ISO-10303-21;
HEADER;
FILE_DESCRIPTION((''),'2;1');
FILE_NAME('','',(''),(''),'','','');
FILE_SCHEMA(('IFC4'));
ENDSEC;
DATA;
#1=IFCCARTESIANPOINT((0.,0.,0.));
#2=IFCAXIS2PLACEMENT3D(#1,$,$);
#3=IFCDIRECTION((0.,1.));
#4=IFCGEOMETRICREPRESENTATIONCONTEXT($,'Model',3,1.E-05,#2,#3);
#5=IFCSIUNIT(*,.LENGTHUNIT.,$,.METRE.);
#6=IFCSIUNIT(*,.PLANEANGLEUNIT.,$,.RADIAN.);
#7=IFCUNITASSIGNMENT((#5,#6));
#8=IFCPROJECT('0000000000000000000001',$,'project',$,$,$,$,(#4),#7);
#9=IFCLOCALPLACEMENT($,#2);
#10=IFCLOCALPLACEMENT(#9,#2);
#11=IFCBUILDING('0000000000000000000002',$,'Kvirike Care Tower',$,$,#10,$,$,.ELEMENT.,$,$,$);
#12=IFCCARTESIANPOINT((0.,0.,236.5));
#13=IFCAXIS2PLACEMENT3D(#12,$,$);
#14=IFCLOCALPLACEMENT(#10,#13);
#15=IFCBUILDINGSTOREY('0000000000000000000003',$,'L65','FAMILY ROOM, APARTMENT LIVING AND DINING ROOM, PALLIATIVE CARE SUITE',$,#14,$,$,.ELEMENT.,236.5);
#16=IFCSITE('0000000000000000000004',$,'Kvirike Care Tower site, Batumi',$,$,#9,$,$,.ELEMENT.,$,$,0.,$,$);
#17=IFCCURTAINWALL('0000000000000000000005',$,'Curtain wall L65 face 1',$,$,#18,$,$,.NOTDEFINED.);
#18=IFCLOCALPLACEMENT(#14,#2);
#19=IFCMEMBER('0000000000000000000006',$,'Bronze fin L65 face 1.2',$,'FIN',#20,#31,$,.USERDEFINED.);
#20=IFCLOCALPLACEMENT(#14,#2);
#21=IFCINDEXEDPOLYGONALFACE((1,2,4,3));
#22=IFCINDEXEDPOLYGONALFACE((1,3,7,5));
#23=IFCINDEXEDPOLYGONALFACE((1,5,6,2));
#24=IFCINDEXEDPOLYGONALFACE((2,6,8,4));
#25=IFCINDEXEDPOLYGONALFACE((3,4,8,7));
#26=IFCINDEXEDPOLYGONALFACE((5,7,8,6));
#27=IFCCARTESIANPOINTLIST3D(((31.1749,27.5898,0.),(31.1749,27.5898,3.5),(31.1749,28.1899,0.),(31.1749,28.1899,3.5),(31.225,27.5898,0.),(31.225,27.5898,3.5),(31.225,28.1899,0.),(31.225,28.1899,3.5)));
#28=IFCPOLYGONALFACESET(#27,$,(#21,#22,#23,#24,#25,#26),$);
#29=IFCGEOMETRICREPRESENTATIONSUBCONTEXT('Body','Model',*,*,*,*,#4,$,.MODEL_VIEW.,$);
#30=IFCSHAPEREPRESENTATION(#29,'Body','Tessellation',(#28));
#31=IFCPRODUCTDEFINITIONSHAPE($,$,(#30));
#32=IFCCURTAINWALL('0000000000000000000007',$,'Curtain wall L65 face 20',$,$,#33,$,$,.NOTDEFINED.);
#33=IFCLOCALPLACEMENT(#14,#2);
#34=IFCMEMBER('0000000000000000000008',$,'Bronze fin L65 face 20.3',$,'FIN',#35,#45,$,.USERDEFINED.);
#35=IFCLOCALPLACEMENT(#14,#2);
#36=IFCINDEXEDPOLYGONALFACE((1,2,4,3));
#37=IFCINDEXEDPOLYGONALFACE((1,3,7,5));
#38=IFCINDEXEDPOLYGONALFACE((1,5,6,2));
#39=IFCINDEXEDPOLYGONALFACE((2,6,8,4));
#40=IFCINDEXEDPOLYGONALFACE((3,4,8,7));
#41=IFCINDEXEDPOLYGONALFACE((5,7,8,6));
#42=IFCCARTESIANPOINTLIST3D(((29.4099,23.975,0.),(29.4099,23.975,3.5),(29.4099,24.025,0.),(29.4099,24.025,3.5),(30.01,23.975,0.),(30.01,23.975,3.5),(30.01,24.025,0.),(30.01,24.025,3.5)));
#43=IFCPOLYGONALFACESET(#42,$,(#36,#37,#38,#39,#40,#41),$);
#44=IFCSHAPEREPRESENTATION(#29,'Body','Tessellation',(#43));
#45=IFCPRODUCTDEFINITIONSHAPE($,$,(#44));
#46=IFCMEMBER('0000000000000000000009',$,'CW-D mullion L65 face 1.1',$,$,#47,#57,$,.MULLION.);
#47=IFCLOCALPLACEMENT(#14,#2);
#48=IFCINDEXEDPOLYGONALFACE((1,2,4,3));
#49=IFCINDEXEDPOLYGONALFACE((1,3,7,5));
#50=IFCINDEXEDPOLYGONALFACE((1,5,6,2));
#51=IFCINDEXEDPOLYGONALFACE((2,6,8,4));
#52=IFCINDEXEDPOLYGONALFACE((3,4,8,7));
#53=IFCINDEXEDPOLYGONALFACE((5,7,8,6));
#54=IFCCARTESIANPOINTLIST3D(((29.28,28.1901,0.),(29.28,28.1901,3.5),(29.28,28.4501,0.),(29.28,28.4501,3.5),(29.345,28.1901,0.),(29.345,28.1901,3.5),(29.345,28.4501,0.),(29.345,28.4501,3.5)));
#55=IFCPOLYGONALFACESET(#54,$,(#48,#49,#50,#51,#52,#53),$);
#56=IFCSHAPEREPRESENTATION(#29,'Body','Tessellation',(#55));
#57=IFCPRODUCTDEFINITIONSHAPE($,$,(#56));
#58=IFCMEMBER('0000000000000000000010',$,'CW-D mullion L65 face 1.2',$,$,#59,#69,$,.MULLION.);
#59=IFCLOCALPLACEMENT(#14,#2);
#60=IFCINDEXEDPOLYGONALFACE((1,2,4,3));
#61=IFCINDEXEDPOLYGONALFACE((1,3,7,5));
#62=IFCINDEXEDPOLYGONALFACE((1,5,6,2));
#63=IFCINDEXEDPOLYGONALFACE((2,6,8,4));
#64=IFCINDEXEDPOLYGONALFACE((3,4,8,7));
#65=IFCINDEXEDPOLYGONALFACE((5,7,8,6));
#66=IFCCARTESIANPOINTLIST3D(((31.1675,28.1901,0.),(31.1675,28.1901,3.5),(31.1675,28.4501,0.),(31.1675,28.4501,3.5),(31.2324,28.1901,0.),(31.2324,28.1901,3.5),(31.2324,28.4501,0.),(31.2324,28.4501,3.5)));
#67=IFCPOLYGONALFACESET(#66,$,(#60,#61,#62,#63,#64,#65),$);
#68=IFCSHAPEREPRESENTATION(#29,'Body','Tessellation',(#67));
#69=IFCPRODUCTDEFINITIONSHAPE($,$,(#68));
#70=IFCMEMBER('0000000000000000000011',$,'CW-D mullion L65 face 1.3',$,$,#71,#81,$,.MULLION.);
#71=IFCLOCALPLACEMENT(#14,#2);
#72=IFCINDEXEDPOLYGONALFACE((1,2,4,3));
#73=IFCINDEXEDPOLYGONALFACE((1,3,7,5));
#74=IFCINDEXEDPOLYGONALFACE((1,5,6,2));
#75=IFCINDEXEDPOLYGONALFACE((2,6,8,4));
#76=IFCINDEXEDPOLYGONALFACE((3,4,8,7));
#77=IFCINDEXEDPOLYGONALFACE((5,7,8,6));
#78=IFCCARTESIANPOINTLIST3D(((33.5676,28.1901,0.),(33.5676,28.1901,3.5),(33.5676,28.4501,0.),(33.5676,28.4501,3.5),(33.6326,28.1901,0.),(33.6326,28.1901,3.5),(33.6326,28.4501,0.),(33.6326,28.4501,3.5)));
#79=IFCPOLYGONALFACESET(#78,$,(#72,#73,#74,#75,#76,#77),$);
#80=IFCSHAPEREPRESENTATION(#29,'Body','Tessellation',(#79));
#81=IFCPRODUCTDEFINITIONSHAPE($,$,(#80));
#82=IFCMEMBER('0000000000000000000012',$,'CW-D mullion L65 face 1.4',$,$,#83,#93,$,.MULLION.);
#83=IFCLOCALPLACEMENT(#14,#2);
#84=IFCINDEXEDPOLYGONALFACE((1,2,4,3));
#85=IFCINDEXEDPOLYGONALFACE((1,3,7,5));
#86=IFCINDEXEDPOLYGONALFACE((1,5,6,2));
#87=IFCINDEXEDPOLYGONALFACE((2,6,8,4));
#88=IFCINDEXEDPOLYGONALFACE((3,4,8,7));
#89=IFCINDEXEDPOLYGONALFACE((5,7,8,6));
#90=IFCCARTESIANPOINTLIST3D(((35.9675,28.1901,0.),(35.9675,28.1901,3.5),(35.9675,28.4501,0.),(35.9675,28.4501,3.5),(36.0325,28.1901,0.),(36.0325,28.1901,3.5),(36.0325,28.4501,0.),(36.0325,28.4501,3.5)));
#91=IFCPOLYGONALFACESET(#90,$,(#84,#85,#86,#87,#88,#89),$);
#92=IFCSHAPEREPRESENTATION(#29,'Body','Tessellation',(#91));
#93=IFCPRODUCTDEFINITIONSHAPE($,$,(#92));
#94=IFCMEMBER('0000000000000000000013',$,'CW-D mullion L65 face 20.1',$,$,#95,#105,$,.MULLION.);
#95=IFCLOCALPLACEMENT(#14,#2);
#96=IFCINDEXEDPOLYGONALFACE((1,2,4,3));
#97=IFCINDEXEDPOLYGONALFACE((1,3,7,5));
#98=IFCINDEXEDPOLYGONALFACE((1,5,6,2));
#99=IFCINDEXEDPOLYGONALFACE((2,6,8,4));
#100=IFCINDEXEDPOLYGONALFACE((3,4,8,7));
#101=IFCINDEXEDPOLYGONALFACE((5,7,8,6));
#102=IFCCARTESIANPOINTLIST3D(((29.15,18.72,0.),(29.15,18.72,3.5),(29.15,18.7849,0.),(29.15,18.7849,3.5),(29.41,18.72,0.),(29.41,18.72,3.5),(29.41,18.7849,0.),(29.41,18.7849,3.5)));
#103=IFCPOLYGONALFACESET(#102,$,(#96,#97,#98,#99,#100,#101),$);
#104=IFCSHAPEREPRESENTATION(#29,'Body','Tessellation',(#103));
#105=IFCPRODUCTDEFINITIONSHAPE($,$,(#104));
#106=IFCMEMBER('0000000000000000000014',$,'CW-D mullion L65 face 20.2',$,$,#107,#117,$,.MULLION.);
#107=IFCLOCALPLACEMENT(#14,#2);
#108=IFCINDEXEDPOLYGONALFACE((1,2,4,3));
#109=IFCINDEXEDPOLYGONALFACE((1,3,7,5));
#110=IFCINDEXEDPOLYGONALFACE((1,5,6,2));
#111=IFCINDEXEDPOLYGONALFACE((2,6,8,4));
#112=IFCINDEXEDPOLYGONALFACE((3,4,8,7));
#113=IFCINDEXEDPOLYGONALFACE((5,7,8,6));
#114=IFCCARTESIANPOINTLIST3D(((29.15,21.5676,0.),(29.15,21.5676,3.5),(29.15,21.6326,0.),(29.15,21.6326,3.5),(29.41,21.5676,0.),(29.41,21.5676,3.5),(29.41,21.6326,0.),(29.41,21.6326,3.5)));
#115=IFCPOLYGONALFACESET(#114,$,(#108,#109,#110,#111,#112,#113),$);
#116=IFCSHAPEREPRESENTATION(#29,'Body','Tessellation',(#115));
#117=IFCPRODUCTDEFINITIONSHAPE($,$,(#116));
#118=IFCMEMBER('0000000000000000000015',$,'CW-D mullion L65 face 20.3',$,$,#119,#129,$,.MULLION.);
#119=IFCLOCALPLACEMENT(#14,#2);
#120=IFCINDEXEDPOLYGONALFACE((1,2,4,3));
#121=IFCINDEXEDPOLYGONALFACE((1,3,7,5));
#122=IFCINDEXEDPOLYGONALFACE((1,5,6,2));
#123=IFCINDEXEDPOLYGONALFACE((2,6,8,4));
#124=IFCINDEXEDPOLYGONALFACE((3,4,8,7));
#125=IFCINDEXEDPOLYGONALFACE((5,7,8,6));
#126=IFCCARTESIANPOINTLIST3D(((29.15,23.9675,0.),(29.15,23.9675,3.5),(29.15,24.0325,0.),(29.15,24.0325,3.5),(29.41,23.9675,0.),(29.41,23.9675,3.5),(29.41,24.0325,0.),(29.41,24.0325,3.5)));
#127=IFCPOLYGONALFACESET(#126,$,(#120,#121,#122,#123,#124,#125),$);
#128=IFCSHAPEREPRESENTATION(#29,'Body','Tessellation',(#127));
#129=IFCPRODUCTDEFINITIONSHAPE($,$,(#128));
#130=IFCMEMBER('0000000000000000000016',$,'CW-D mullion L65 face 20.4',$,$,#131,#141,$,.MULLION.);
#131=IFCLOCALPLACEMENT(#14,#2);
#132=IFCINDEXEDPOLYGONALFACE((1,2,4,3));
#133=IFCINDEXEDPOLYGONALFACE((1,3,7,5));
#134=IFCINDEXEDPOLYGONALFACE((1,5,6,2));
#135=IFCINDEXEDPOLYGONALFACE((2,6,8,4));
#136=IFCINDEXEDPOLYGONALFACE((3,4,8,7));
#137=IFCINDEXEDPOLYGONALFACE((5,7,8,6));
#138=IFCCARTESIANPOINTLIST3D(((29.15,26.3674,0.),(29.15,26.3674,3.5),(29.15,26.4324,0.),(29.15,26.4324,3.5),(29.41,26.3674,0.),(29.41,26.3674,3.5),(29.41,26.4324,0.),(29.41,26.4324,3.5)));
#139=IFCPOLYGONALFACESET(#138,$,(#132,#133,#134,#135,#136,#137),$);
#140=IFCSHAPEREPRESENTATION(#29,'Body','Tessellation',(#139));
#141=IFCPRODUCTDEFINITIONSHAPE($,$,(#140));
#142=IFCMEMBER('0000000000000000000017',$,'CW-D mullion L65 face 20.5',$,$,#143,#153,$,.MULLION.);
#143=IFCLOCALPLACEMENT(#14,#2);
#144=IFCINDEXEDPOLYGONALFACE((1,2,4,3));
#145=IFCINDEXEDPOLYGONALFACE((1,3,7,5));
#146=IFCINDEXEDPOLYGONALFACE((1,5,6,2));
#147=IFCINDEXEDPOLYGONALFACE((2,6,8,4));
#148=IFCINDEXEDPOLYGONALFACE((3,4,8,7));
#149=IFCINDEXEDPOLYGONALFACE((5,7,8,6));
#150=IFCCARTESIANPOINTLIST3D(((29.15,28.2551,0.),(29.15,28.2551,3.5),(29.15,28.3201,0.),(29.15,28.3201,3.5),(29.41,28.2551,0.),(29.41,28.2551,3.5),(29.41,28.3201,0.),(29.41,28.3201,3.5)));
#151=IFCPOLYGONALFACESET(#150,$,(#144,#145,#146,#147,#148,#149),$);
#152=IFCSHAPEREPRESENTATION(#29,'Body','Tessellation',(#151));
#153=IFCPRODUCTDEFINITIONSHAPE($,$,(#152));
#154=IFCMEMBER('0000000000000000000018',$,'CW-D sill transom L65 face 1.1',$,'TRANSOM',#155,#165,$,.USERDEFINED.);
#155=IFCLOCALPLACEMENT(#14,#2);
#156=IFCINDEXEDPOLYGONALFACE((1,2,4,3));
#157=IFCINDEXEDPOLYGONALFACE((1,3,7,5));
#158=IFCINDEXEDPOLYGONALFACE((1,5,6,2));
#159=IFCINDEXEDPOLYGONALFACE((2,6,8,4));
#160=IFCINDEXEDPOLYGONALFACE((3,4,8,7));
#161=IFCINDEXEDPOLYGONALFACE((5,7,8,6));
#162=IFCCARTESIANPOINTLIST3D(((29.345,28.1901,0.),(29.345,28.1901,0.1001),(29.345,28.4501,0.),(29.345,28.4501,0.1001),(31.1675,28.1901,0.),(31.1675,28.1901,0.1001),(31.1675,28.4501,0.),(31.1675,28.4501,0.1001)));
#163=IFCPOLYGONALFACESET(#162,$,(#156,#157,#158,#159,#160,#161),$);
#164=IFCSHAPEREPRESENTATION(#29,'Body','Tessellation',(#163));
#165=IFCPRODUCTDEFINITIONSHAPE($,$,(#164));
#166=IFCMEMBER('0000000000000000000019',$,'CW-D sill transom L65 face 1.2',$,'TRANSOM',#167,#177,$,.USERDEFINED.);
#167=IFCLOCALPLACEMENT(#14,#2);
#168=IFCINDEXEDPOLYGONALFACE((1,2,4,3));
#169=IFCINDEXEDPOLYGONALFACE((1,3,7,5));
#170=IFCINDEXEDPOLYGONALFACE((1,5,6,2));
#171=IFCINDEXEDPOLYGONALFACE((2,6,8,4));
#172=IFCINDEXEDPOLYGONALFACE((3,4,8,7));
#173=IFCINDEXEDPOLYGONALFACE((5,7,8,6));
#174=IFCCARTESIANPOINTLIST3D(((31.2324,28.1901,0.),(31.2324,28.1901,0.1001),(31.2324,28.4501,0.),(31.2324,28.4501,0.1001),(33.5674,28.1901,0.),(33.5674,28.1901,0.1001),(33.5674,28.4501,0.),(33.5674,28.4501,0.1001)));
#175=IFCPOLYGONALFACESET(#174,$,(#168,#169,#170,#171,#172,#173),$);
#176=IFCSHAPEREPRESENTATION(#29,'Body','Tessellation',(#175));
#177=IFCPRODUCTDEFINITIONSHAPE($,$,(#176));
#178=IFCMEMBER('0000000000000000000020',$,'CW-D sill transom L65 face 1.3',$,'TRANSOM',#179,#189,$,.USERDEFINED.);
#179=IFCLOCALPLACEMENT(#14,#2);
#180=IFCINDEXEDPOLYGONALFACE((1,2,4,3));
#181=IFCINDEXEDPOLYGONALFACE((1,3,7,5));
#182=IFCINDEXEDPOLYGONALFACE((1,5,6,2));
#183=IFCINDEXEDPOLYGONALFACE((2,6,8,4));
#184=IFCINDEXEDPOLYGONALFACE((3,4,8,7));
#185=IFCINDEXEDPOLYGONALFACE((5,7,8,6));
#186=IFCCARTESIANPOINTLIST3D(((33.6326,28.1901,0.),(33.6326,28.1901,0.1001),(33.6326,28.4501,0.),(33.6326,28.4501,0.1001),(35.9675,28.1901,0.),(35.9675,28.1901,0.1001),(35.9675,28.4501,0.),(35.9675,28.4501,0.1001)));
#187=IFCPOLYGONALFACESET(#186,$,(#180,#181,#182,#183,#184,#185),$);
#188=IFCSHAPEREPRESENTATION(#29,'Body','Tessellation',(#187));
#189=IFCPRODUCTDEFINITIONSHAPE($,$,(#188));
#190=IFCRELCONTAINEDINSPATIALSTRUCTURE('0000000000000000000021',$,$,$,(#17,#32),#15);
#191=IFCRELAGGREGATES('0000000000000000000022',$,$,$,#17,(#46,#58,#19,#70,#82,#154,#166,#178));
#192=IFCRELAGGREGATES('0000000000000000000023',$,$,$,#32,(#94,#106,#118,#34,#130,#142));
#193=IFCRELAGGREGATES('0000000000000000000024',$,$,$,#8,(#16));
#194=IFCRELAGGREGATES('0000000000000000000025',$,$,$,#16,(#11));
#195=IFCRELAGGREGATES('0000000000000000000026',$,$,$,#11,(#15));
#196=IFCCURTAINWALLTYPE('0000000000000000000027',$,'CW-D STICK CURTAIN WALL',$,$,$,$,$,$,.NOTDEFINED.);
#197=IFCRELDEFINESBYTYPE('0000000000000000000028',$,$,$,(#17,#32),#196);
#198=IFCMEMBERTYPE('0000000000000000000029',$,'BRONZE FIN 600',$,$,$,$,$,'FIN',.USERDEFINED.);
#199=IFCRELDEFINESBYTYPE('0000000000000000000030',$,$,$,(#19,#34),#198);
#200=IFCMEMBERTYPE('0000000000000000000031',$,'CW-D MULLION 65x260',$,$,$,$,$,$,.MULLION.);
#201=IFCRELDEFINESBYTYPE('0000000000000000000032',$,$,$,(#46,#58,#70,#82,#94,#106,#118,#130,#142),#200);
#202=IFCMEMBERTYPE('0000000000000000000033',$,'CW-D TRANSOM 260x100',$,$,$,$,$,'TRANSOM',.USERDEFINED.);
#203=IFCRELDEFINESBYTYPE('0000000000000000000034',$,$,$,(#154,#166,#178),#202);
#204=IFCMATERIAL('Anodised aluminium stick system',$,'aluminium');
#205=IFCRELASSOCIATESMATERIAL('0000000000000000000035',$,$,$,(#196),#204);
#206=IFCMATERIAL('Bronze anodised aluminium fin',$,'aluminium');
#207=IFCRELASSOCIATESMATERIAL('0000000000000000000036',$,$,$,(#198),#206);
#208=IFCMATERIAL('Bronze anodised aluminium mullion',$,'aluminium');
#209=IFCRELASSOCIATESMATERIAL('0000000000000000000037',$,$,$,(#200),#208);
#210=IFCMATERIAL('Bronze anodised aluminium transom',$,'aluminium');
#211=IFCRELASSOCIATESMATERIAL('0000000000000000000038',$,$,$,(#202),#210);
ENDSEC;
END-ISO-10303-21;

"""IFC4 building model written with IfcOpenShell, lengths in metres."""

from ifc_helpers import new_model, si_unit, direction, frame, origin, origin_2d, place, context, subcontext, project, spatial, rectangle, extrude, material, material_profile, profile_set, type_object, element, aggregate, save


model = new_model("IFC4")

# Units and contexts
model_context = context("Model", 3, precision=1e-05, world=origin(), true_north=direction((0.0, 1.0)))
body_context = subcontext(model_context, "Body", "Model", "MODEL_VIEW")
ifc_project = project(units=[si_unit("LENGTHUNIT", "METRE"), si_unit("PLANEANGLEUNIT", "RADIAN")], contexts=[model_context])

# Site, building, storey
site_placement = place(None, origin())
site = spatial("IfcSite", under=ifc_project, at=site_placement, Name="Kvirike Care Tower site, Batumi", CompositionType="ELEMENT", RefElevation=0.0)
building_placement = place(site_placement, origin())
building = spatial("IfcBuilding", under=site, at=building_placement, Name="Kvirike Care Tower", CompositionType="ELEMENT")
storey_placement = place(building_placement, frame((0.0, 0.0, 236.5)))
storey = spatial("IfcBuildingStorey", under=building, at=storey_placement, Name="L65", Description="FAMILY ROOM, APARTMENT LIVING AND DINING ROOM, PALLIATIVE CARE SUITE", CompositionType="ELEMENT", Elevation=236.5)

# Curtain walls, members
ifc_material_1 = material(Name="Anodised aluminium stick system", Category="aluminium")
curtain_wall_type = type_object("IfcCurtainWallType", Name="CW-D STICK CURTAIN WALL", PredefinedType="NOTDEFINED", material=ifc_material_1)
curtain_wall_1_placement = place(storey_placement, origin())
curtain_wall_1 = element("IfcCurtainWall", 1, at=curtain_wall_1_placement, inside=storey, type_object=curtain_wall_type, Name="Curtain wall L65 face 1", PredefinedType="NOTDEFINED")
ifc_material_2 = material(Name="Bronze anodised aluminium fin", Category="aluminium")
ifc_material_profile_1 = material_profile(ifc_material_2, rectangle(XDim=0.05, YDim=0.6001, at=origin_2d()), Name="BRONZE FIN 600")
ifc_profile_set_1 = profile_set([ifc_material_profile_1], Name="Bronze anodised aluminium fin")
member_type_1 = type_object("IfcMemberType", Name="BRONZE FIN 600", ElementType="FIN", PredefinedType="USERDEFINED", material=ifc_profile_set_1)
member_1_placement = place(storey_placement, frame((31.2, 27.8899, 0.0), z_axis=(0.0, 0.0, 1.0), x_axis=(1.0, 0.0, 0.0)))
member_1 = element("IfcMember", 2, at=member_1_placement, type_object=member_type_1, Name="Bronze fin L65 face 1.2", ObjectType="FIN", PredefinedType="USERDEFINED", context=body_context, shape_type="SweptSolid", body=[
    extrude(rectangle(XDim=0.05, YDim=0.6001, at=origin_2d()), origin(), (0.0, 0.0, 1.0), 3.5),
])
curtain_wall_2_placement = place(storey_placement, origin())
curtain_wall_2 = element("IfcCurtainWall", 3, at=curtain_wall_2_placement, inside=storey, type_object=curtain_wall_type, Name="Curtain wall L65 face 20", PredefinedType="NOTDEFINED")
member_2_placement = place(storey_placement, frame((29.71, 24.0, 0.0), z_axis=(0.0, 0.0, 1.0), x_axis=(0.0, 1.0, 0.0)))
member_2 = element("IfcMember", 4, at=member_2_placement, type_object=member_type_1, Name="Bronze fin L65 face 20.3", ObjectType="FIN", PredefinedType="USERDEFINED", context=body_context, shape_type="SweptSolid", body=[
    extrude(rectangle(XDim=0.05, YDim=0.6001, at=origin_2d()), origin(), (0.0, 0.0, 1.0), 3.5),
])

# Members
ifc_material_3 = material(Name="Bronze anodised aluminium mullion", Category="aluminium")
ifc_material_profile_2 = material_profile(ifc_material_3, rectangle(XDim=0.0649, YDim=0.26, at=origin_2d()), Name="CW-D MULLION 65x260")
ifc_profile_set_2 = profile_set([ifc_material_profile_2], Name="Bronze anodised aluminium mullion")
member_type_2 = type_object("IfcMemberType", Name="CW-D MULLION 65x260", PredefinedType="MULLION", material=ifc_profile_set_2)
member_3_placement = place(storey_placement, frame((29.3125, 28.3201, 0.0), z_axis=(0.0, 0.0, 1.0), x_axis=(1.0, 0.0, 0.0)))
member_3 = element("IfcMember", 5, at=member_3_placement, type_object=member_type_2, Name="CW-D mullion L65 face 1.1", PredefinedType="MULLION", context=body_context, shape_type="SweptSolid", body=[
    extrude(rectangle(XDim=0.0649, YDim=0.26, at=origin_2d()), origin(), (0.0, 0.0, 1.0), 3.5),
])
member_4_placement = place(storey_placement, frame((31.2, 28.3201, 0.0), z_axis=(0.0, 0.0, 1.0), x_axis=(1.0, 0.0, 0.0)))
member_4 = element("IfcMember", 6, at=member_4_placement, type_object=member_type_2, Name="CW-D mullion L65 face 1.2", PredefinedType="MULLION", context=body_context, shape_type="SweptSolid", body=[
    extrude(rectangle(XDim=0.0649, YDim=0.26, at=origin_2d()), origin(), (0.0, 0.0, 1.0), 3.5),
])
member_5_placement = place(storey_placement, frame((33.6001, 28.3201, 0.0), z_axis=(0.0, 0.0, 1.0), x_axis=(1.0, 0.0, 0.0)))
member_5 = element("IfcMember", 7, at=member_5_placement, type_object=member_type_2, Name="CW-D mullion L65 face 1.3", PredefinedType="MULLION", context=body_context, shape_type="SweptSolid", body=[
    extrude(rectangle(XDim=0.0649, YDim=0.26, at=origin_2d()), origin(), (0.0, 0.0, 1.0), 3.5),
])
member_6_placement = place(storey_placement, frame((36.0, 28.3201, 0.0), z_axis=(0.0, 0.0, 1.0), x_axis=(1.0, 0.0, 0.0)))
member_6 = element("IfcMember", 8, at=member_6_placement, type_object=member_type_2, Name="CW-D mullion L65 face 1.4", PredefinedType="MULLION", context=body_context, shape_type="SweptSolid", body=[
    extrude(rectangle(XDim=0.0649, YDim=0.26, at=origin_2d()), origin(), (0.0, 0.0, 1.0), 3.5),
])
member_7_placement = place(storey_placement, frame((29.28, 18.7524, 0.0), z_axis=(0.0, 0.0, 1.0), x_axis=(0.0, 1.0, 0.0)))
member_7 = element("IfcMember", 9, at=member_7_placement, type_object=member_type_2, Name="CW-D mullion L65 face 20.1", PredefinedType="MULLION", context=body_context, shape_type="SweptSolid", body=[
    extrude(rectangle(XDim=0.0649, YDim=0.26, at=origin_2d()), origin(), (0.0, 0.0, 1.0), 3.5),
])
member_8_placement = place(storey_placement, frame((29.28, 21.6001, 0.0), z_axis=(0.0, 0.0, 1.0), x_axis=(0.0, 1.0, 0.0)))
member_8 = element("IfcMember", 10, at=member_8_placement, type_object=member_type_2, Name="CW-D mullion L65 face 20.2", PredefinedType="MULLION", context=body_context, shape_type="SweptSolid", body=[
    extrude(rectangle(XDim=0.0649, YDim=0.26, at=origin_2d()), origin(), (0.0, 0.0, 1.0), 3.5),
])
member_9_placement = place(storey_placement, frame((29.28, 24.0, 0.0), z_axis=(0.0, 0.0, 1.0), x_axis=(0.0, 1.0, 0.0)))
member_9 = element("IfcMember", 11, at=member_9_placement, type_object=member_type_2, Name="CW-D mullion L65 face 20.3", PredefinedType="MULLION", context=body_context, shape_type="SweptSolid", body=[
    extrude(rectangle(XDim=0.0649, YDim=0.26, at=origin_2d()), origin(), (0.0, 0.0, 1.0), 3.5),
])
member_10_placement = place(storey_placement, frame((29.28, 26.3999, 0.0), z_axis=(0.0, 0.0, 1.0), x_axis=(0.0, 1.0, 0.0)))
member_10 = element("IfcMember", 12, at=member_10_placement, type_object=member_type_2, Name="CW-D mullion L65 face 20.4", PredefinedType="MULLION", context=body_context, shape_type="SweptSolid", body=[
    extrude(rectangle(XDim=0.0649, YDim=0.26, at=origin_2d()), origin(), (0.0, 0.0, 1.0), 3.5),
])
member_11_placement = place(storey_placement, frame((29.28, 28.2876, 0.0), z_axis=(0.0, 0.0, 1.0), x_axis=(0.0, 1.0, 0.0)))
member_11 = element("IfcMember", 13, at=member_11_placement, type_object=member_type_2, Name="CW-D mullion L65 face 20.5", PredefinedType="MULLION", context=body_context, shape_type="SweptSolid", body=[
    extrude(rectangle(XDim=0.0649, YDim=0.26, at=origin_2d()), origin(), (0.0, 0.0, 1.0), 3.5),
])
ifc_material_4 = material(Name="Bronze anodised aluminium transom", Category="aluminium")
ifc_material_profile_3 = material_profile(ifc_material_4, rectangle(XDim=0.26, YDim=0.1001, at=origin_2d()), Name="CW-D TRANSOM 260x100")
ifc_profile_set_3 = profile_set([ifc_material_profile_3], Name="Bronze anodised aluminium transom")
member_type_3 = type_object("IfcMemberType", Name="CW-D TRANSOM 260x100", ElementType="TRANSOM", PredefinedType="USERDEFINED", material=ifc_profile_set_3)
member_12_placement = place(storey_placement, frame((29.345, 28.3201, 0.05), z_axis=(1.0, 0.0, 0.0), x_axis=(0.0, 1.0, 0.0)))
member_12 = element("IfcMember", 14, at=member_12_placement, type_object=member_type_3, Name="CW-D sill transom L65 face 1.1", ObjectType="TRANSOM", PredefinedType="USERDEFINED", context=body_context, shape_type="SweptSolid", body=[
    extrude(rectangle(XDim=0.26, YDim=0.1001, at=origin_2d()), origin(), (0.0, 0.0, 1.0), 1.8225),
])
member_13_placement = place(storey_placement, frame((31.2324, 28.3201, 0.05), z_axis=(1.0, 0.0, 0.0), x_axis=(0.0, 1.0, 0.0)))
member_13 = element("IfcMember", 15, at=member_13_placement, type_object=member_type_3, Name="CW-D sill transom L65 face 1.2", ObjectType="TRANSOM", PredefinedType="USERDEFINED", context=body_context, shape_type="SweptSolid", body=[
    extrude(rectangle(XDim=0.26, YDim=0.1001, at=origin_2d()), origin(), (0.0, 0.0, 1.0), 2.335),
])
member_14_placement = place(storey_placement, frame((33.6326, 28.3201, 0.05), z_axis=(1.0, 0.0, 0.0), x_axis=(0.0, 1.0, 0.0)))
member_14 = element("IfcMember", 16, at=member_14_placement, type_object=member_type_3, Name="CW-D sill transom L65 face 1.3", ObjectType="TRANSOM", PredefinedType="USERDEFINED", context=body_context, shape_type="SweptSolid", body=[
    extrude(rectangle(XDim=0.26, YDim=0.1001, at=origin_2d()), origin(), (0.0, 0.0, 1.0), 2.335),
])

aggregate(curtain_wall_1, [member_3, member_4, member_1, member_5, member_6, member_12, member_13, member_14])
aggregate(curtain_wall_2, [member_7, member_8, member_9, member_2, member_10, member_11])

save(model, "model.ifc")
